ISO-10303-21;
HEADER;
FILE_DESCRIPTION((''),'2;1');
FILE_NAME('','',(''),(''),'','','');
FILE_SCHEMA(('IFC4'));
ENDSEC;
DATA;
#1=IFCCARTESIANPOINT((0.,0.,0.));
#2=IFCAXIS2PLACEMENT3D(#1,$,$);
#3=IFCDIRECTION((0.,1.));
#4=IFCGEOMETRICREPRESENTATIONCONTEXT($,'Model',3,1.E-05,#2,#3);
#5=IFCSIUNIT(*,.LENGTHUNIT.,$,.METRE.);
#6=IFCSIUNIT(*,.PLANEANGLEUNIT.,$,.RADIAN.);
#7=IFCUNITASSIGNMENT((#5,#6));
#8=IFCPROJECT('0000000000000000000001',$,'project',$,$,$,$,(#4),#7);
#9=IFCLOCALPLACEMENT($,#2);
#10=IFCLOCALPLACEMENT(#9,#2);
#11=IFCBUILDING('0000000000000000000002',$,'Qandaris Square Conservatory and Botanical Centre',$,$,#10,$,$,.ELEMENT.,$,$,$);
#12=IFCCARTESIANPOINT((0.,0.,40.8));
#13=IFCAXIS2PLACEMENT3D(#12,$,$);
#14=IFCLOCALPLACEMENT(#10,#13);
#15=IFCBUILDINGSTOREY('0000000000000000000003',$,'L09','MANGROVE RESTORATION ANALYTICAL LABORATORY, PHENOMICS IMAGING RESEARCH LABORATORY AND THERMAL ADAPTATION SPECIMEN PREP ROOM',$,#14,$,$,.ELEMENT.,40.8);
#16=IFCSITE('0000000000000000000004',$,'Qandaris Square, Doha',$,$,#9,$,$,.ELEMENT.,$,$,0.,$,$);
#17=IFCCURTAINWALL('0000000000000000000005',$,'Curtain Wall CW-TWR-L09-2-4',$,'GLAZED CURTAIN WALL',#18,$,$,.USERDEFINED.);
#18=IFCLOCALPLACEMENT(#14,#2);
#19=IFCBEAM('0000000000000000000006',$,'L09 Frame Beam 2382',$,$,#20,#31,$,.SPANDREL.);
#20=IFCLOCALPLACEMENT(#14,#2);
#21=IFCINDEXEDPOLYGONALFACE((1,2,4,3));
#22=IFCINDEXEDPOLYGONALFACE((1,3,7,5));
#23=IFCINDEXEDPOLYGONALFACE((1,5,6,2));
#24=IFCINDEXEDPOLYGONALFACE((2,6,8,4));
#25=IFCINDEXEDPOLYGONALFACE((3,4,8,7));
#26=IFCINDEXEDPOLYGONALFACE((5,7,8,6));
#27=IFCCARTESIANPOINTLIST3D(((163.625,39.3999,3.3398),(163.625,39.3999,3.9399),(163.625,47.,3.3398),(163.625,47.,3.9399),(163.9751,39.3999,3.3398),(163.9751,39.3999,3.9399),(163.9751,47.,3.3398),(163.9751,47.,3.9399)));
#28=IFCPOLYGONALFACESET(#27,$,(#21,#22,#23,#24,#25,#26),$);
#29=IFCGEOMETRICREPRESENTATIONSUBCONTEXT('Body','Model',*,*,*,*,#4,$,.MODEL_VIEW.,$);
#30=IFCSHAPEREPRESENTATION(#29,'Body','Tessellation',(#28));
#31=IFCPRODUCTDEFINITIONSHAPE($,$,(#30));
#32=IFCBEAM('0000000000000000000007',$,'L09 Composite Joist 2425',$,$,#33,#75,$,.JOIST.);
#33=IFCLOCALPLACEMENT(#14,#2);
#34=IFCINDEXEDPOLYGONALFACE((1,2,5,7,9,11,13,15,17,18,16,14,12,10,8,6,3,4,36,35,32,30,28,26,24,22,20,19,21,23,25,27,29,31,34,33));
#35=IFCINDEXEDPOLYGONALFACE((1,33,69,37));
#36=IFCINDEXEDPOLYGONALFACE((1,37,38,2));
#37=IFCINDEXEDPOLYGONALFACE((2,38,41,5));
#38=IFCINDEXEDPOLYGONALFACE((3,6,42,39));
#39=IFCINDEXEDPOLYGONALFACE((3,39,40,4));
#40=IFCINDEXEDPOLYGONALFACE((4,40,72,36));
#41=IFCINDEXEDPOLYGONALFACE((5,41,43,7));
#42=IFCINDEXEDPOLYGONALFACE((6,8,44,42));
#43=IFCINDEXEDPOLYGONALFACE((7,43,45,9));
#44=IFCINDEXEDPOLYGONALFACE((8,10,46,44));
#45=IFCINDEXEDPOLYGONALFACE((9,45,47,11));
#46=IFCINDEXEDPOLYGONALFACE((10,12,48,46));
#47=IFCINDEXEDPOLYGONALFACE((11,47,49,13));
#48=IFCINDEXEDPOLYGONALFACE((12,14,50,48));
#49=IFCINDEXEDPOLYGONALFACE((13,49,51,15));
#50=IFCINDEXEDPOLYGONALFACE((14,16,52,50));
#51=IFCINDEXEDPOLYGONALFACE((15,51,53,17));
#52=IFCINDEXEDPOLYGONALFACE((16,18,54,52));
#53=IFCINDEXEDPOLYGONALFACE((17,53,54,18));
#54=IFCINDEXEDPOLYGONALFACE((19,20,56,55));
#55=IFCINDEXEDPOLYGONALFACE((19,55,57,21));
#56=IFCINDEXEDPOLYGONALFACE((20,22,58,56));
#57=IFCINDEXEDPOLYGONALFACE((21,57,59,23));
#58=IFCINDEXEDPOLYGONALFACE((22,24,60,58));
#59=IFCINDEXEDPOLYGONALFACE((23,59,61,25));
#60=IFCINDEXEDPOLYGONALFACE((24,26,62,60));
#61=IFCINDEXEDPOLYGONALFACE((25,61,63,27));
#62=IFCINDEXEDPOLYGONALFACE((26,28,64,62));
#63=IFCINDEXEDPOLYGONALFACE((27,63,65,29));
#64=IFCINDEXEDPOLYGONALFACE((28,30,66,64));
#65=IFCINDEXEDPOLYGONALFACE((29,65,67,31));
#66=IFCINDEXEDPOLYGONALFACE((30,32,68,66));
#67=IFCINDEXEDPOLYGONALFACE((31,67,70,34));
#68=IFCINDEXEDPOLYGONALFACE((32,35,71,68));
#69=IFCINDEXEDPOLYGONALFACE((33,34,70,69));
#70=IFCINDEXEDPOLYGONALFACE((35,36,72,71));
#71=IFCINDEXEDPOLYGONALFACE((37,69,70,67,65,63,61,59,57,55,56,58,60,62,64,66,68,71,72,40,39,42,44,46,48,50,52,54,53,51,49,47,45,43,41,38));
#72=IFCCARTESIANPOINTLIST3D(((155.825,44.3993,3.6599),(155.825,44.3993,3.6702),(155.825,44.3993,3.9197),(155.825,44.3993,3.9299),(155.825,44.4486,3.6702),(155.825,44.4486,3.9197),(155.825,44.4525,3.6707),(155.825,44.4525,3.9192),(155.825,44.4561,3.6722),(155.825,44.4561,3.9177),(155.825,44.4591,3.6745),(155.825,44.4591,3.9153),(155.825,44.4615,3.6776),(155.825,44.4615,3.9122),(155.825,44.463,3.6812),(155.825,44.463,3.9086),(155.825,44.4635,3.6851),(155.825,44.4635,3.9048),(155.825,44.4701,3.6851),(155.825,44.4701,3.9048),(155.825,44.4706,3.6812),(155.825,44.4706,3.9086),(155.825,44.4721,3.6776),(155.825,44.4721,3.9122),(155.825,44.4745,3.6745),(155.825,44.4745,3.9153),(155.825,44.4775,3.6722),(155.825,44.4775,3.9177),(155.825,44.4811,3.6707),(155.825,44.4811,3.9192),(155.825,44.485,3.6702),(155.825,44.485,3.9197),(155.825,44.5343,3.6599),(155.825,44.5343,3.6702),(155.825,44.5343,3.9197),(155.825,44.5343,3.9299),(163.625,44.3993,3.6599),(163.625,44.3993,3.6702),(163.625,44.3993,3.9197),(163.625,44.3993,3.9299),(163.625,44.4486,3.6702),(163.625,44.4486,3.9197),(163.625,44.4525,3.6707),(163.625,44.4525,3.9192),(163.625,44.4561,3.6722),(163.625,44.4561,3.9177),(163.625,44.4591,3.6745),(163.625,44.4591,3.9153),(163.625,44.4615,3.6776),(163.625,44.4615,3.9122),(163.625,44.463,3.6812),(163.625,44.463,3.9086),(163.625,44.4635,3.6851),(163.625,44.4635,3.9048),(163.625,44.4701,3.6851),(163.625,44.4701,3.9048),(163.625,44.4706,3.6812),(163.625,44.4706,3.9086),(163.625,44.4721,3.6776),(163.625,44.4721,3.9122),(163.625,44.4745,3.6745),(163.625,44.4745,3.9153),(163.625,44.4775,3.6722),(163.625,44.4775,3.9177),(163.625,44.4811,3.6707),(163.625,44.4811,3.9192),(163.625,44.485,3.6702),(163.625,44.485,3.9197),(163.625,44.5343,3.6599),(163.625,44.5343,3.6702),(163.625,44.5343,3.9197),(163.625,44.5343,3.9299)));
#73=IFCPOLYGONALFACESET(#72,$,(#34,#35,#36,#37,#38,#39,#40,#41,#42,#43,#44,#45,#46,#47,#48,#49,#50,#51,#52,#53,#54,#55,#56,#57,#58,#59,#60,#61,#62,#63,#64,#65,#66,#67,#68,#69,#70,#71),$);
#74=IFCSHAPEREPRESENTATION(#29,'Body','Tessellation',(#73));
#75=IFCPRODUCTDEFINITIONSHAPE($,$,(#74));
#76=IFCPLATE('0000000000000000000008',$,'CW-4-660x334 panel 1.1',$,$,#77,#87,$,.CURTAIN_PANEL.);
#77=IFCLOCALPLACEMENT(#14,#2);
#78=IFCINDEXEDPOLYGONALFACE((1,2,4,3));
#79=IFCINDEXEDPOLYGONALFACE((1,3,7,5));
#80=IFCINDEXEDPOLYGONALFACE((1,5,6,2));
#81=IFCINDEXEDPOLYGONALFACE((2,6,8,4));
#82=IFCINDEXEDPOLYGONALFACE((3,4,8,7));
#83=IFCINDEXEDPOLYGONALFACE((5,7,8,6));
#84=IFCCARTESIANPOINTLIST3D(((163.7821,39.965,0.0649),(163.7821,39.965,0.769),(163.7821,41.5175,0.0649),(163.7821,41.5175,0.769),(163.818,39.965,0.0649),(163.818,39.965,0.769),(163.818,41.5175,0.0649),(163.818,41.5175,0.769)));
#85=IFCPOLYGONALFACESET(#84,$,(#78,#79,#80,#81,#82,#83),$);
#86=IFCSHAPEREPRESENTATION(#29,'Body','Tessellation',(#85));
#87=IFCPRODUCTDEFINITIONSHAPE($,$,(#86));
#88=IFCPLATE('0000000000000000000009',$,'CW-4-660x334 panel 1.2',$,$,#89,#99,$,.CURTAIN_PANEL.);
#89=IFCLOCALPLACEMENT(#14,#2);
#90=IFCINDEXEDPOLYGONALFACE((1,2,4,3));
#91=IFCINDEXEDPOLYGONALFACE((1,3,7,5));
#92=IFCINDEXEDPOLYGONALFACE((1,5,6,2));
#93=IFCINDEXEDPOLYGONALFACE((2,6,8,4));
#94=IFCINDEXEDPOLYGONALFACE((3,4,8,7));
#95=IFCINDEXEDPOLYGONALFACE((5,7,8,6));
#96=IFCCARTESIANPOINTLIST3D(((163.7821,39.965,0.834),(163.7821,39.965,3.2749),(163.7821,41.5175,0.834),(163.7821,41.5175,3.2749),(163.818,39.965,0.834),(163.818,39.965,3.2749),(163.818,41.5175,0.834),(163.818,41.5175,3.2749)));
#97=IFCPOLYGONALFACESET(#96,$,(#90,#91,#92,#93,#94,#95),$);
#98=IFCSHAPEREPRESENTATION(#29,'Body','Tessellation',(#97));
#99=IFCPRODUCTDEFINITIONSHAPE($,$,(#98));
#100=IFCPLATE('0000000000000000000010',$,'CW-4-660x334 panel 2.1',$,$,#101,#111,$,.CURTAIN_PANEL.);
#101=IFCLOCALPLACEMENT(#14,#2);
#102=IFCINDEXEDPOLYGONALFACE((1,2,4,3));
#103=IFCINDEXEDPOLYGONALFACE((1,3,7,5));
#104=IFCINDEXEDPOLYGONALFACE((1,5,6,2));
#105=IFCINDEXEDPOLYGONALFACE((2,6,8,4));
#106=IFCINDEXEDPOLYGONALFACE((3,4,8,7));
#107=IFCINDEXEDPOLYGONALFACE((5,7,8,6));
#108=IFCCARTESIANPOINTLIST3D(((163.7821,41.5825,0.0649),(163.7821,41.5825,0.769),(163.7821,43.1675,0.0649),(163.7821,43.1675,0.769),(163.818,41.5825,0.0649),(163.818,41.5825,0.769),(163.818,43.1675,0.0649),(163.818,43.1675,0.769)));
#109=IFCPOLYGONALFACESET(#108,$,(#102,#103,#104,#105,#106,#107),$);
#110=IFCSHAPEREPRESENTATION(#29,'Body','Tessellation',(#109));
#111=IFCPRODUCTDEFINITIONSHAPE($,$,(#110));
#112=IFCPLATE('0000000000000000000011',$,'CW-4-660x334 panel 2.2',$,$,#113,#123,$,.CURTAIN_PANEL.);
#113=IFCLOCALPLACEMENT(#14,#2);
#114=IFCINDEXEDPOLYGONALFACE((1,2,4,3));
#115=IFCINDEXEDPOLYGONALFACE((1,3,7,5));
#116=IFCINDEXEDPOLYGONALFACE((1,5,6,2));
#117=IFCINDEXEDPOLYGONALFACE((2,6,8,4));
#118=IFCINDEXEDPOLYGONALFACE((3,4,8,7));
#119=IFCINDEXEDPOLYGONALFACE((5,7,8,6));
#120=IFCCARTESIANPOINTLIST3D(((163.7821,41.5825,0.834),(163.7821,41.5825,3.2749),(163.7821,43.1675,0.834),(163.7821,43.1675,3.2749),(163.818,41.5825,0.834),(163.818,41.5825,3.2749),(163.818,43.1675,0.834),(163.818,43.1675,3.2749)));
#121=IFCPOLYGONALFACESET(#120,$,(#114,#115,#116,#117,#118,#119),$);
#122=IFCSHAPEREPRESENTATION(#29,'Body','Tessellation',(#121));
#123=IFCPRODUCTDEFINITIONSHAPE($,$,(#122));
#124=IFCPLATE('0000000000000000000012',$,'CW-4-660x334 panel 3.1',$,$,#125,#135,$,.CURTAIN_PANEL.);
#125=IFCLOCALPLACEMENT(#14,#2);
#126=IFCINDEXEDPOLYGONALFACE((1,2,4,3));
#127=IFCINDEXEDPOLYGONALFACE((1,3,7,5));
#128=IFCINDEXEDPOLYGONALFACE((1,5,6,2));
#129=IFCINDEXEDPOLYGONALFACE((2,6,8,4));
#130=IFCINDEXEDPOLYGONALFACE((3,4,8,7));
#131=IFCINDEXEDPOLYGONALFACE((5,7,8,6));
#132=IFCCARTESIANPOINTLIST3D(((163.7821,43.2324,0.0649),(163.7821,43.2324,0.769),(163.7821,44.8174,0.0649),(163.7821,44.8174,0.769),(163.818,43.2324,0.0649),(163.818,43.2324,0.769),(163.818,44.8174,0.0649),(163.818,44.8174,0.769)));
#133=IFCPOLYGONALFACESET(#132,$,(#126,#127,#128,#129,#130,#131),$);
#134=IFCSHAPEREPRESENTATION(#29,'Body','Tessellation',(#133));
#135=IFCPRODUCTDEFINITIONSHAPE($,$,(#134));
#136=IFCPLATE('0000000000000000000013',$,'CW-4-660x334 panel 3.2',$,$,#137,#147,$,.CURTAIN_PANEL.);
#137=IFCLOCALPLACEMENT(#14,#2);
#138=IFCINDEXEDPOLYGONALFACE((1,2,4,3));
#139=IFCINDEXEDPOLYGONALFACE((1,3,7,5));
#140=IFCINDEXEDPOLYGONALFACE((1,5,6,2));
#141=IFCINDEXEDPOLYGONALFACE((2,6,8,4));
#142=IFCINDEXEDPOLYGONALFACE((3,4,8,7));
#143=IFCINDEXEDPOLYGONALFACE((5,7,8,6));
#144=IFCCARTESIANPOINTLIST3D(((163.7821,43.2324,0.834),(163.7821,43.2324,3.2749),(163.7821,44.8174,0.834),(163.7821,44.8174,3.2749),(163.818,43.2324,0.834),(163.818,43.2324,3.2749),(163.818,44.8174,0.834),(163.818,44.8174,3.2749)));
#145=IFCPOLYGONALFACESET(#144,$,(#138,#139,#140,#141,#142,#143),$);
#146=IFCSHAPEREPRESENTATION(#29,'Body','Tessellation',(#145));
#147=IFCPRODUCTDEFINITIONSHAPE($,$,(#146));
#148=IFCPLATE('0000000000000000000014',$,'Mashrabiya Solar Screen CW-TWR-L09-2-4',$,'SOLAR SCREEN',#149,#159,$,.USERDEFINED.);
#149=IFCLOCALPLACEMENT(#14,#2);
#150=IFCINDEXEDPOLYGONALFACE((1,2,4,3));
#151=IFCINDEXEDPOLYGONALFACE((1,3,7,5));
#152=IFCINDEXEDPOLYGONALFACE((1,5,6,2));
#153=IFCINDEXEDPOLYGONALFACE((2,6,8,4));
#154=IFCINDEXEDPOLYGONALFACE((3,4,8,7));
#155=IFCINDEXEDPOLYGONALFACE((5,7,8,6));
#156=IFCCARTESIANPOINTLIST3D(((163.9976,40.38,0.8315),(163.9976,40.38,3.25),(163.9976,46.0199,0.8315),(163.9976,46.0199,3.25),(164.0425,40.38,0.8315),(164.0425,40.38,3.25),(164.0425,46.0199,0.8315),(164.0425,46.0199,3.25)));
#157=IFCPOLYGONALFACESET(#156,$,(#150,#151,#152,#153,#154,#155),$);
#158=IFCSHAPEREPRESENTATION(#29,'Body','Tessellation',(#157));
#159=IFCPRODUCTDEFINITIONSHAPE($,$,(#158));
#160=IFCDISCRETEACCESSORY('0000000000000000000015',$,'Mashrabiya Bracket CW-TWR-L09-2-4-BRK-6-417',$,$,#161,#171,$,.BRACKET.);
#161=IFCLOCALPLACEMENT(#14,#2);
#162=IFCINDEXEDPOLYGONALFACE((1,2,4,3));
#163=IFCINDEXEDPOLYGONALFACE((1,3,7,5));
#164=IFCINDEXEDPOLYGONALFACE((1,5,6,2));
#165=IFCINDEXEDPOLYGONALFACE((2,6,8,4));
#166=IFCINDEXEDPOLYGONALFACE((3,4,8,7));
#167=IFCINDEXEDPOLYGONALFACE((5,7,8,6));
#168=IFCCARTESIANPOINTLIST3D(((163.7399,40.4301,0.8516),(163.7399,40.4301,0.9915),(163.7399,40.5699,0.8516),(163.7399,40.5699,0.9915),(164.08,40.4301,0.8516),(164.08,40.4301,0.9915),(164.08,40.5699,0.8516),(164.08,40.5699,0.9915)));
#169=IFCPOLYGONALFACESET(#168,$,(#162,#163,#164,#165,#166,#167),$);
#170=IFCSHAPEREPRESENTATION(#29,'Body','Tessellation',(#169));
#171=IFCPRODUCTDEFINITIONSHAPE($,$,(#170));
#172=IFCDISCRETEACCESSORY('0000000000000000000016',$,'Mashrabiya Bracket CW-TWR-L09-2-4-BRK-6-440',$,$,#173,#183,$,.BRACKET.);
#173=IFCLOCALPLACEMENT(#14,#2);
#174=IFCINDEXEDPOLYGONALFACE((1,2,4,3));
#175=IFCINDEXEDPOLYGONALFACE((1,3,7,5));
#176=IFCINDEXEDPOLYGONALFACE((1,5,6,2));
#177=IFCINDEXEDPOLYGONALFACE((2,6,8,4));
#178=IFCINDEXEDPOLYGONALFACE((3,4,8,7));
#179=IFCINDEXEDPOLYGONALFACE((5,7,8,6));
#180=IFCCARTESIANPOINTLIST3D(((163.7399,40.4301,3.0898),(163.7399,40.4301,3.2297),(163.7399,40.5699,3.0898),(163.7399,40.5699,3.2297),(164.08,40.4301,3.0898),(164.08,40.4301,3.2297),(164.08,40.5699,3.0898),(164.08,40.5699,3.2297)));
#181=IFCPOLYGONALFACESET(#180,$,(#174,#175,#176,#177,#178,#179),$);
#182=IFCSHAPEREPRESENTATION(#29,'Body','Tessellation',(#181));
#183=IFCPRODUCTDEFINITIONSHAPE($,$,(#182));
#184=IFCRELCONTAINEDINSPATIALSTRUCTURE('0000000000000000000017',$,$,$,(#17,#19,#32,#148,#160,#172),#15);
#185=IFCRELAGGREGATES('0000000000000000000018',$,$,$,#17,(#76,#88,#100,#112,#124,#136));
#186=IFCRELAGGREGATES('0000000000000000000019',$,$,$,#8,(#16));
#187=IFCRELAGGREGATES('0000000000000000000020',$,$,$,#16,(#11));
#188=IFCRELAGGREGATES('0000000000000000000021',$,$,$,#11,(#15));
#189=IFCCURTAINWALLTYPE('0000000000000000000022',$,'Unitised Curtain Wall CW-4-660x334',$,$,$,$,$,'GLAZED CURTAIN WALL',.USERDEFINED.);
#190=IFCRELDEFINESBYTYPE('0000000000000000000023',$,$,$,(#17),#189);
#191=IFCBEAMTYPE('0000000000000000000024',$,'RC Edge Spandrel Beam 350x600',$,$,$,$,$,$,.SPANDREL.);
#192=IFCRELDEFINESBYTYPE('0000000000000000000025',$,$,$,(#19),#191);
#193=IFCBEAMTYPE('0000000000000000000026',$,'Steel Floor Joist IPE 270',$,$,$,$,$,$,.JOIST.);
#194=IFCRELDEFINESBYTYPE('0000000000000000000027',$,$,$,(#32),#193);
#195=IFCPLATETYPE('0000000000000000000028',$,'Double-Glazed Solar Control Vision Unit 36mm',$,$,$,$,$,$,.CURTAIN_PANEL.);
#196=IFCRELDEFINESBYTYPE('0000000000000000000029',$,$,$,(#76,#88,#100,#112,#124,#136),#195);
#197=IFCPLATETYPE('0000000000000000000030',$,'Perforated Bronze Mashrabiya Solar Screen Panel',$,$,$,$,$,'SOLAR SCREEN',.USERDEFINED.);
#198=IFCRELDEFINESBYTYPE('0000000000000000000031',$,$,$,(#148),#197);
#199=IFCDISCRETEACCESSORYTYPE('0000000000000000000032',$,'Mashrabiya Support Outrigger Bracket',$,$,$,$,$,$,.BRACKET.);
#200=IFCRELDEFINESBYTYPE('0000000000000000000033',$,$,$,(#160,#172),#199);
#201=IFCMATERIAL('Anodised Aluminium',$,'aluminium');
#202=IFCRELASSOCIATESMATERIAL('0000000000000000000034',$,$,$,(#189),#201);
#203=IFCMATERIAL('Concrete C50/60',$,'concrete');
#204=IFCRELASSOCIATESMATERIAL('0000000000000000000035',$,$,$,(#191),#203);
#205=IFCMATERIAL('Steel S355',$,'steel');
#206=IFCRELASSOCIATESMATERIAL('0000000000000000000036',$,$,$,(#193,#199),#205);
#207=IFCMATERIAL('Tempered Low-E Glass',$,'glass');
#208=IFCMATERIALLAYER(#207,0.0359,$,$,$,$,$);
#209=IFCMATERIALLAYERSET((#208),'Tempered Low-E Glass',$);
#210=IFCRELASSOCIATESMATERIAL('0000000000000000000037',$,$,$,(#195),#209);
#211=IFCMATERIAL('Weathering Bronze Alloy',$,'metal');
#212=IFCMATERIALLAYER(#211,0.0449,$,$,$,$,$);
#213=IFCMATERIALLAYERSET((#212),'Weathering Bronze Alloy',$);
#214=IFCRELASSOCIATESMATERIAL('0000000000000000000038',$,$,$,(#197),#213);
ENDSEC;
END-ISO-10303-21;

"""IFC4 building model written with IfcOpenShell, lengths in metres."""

from ifc_helpers import new_model, si_unit, direction, frame, origin, origin_2d, place, context, subcontext, project, spatial, rectangle, i_section, extrude, material, layer, layer_set, material_profile, profile_set, type_object, element, aggregate, save


model = new_model("IFC4")

# Units and contexts
model_context = context("Model", 3, precision=1e-05, world=origin(), true_north=direction((0.0, 1.0)))
body_context = subcontext(model_context, "Body", "Model", "MODEL_VIEW")
ifc_project = project(units=[si_unit("LENGTHUNIT", "METRE"), si_unit("PLANEANGLEUNIT", "RADIAN")], contexts=[model_context])

# Site, building, storey
site_placement = place(None, origin())
site = spatial("IfcSite", under=ifc_project, at=site_placement, Name="Qandaris Square, Doha", CompositionType="ELEMENT", RefElevation=0.0)
building_placement = place(site_placement, origin())
building = spatial("IfcBuilding", under=site, at=building_placement, Name="Qandaris Square Conservatory and Botanical Centre", CompositionType="ELEMENT")
storey_placement = place(building_placement, frame((0.0, 0.0, 40.8)))
storey = spatial("IfcBuildingStorey", under=building, at=storey_placement, Name="L09", Description="MANGROVE RESTORATION ANALYTICAL LABORATORY, PHENOMICS IMAGING RESEARCH LABORATORY AND THERMAL ADAPTATION SPECIMEN PREP ROOM", CompositionType="ELEMENT", Elevation=40.8)

# Shared definitions
ifc_material_1 = material(Name="Concrete C50/60", Category="concrete")

# Shared definitions
ifc_material_2 = material(Name="Steel S355", Category="steel")

# Curtain wall
ifc_material_3 = material(Name="Anodised Aluminium", Category="aluminium")
curtain_wall_type = type_object("IfcCurtainWallType", Name="Unitised Curtain Wall CW-4-660x334", ElementType="GLAZED CURTAIN WALL", PredefinedType="USERDEFINED", material=ifc_material_3)
curtain_wall_placement = place(storey_placement, origin())
curtain_wall = element("IfcCurtainWall", 1, at=curtain_wall_placement, inside=storey, type_object=curtain_wall_type, Name="Curtain Wall CW-TWR-L09-2-4", ObjectType="GLAZED CURTAIN WALL", PredefinedType="USERDEFINED")

# Beams
ifc_material_profile_1 = material_profile(ifc_material_1, rectangle(XDim=0.3501, YDim=0.6001, at=origin_2d()), Name="RC-SP 350x600")
ifc_profile_set_1 = profile_set([ifc_material_profile_1], Name="Concrete C50/60")
beam_type_1 = type_object("IfcBeamType", Name="RC Edge Spandrel Beam 350x600", PredefinedType="SPANDREL", material=ifc_profile_set_1)
beam_1_placement = place(storey_placement, frame((163.8, 39.3999, 3.6399), z_axis=(0.0, 1.0, 0.0), x_axis=(-1.0, 0.0, 0.0)))
element("IfcBeam", 2, at=beam_1_placement, inside=storey, type_object=beam_type_1, Name="L09 Frame Beam 2382", PredefinedType="SPANDREL", context=body_context, shape_type="SweptSolid", body=[
    extrude(rectangle(XDim=0.3501, YDim=0.6001, at=origin_2d()), origin(), (0.0, 0.0, 1.0), 7.6001),
])
ifc_material_profile_2 = material_profile(ifc_material_2, i_section(OverallWidth=0.135, OverallDepth=0.27, WebThickness=0.0066, FlangeThickness=0.0103, FilletRadius=0.0149, at=origin_2d()), Name="IPE 270")
ifc_profile_set_2 = profile_set([ifc_material_profile_2], Name="Steel S355")
beam_type_2 = type_object("IfcBeamType", Name="Steel Floor Joist IPE 270", PredefinedType="JOIST", material=ifc_profile_set_2)
beam_2_placement = place(storey_placement, frame((155.825, 44.4668, 3.7949), z_axis=(1.0, 0.0, 0.0), x_axis=(0.0, 1.0, 0.0)))
element("IfcBeam", 3, at=beam_2_placement, inside=storey, type_object=beam_type_2, Name="L09 Composite Joist 2425", PredefinedType="JOIST", context=body_context, shape_type="SweptSolid", body=[
    extrude(i_section(OverallWidth=0.135, OverallDepth=0.27, WebThickness=0.0066, FlangeThickness=0.0103, FilletRadius=0.0149, at=origin_2d()), origin(), (0.0, 0.0, 1.0), 7.8),
])

# Plates
ifc_material_4 = material(Name="Tempered Low-E Glass", Category="glass")
ifc_layer_1 = layer(ifc_material_4, 0.0359)
ifc_layer_set_1 = layer_set([ifc_layer_1], Name="Tempered Low-E Glass")
plate_type_1 = type_object("IfcPlateType", Name="Double-Glazed Solar Control Vision Unit 36mm", PredefinedType="CURTAIN_PANEL", material=ifc_layer_set_1)
plate_1_placement = place(storey_placement, frame((163.8, 40.7412, 0.0649), z_axis=(0.0, 0.0, 1.0), x_axis=(0.0, 1.0, 0.0)))
plate_1 = element("IfcPlate", 4, at=plate_1_placement, type_object=plate_type_1, Name="CW-4-660x334 panel 1.1", PredefinedType="CURTAIN_PANEL", context=body_context, shape_type="SweptSolid", body=[
    extrude(rectangle(XDim=1.5525, YDim=0.0359, at=origin_2d()), origin(), (0.0, 0.0, 1.0), 0.7041),
])
plate_2_placement = place(storey_placement, frame((163.8, 40.7412, 0.834), z_axis=(0.0, 0.0, 1.0), x_axis=(0.0, 1.0, 0.0)))
plate_2 = element("IfcPlate", 5, at=plate_2_placement, type_object=plate_type_1, Name="CW-4-660x334 panel 1.2", PredefinedType="CURTAIN_PANEL", context=body_context, shape_type="SweptSolid", body=[
    extrude(rectangle(XDim=1.5525, YDim=0.0359, at=origin_2d()), origin(), (0.0, 0.0, 1.0), 2.4409),
])
plate_3_placement = place(storey_placement, frame((163.8, 42.375, 0.0649), z_axis=(0.0, 0.0, 1.0), x_axis=(0.0, 1.0, 0.0)))
plate_3 = element("IfcPlate", 6, at=plate_3_placement, type_object=plate_type_1, Name="CW-4-660x334 panel 2.1", PredefinedType="CURTAIN_PANEL", context=body_context, shape_type="SweptSolid", body=[
    extrude(rectangle(XDim=1.585, YDim=0.0359, at=origin_2d()), origin(), (0.0, 0.0, 1.0), 0.7041),
])
plate_4_placement = place(storey_placement, frame((163.8, 42.375, 0.834), z_axis=(0.0, 0.0, 1.0), x_axis=(0.0, 1.0, 0.0)))
plate_4 = element("IfcPlate", 7, at=plate_4_placement, type_object=plate_type_1, Name="CW-4-660x334 panel 2.2", PredefinedType="CURTAIN_PANEL", context=body_context, shape_type="SweptSolid", body=[
    extrude(rectangle(XDim=1.585, YDim=0.0359, at=origin_2d()), origin(), (0.0, 0.0, 1.0), 2.4409),
])
plate_5_placement = place(storey_placement, frame((163.8, 44.0249, 0.0649), z_axis=(0.0, 0.0, 1.0), x_axis=(0.0, 1.0, 0.0)))
plate_5 = element("IfcPlate", 8, at=plate_5_placement, type_object=plate_type_1, Name="CW-4-660x334 panel 3.1", PredefinedType="CURTAIN_PANEL", context=body_context, shape_type="SweptSolid", body=[
    extrude(rectangle(XDim=1.585, YDim=0.0359, at=origin_2d()), origin(), (0.0, 0.0, 1.0), 0.7041),
])
plate_6_placement = place(storey_placement, frame((163.8, 44.0249, 0.834), z_axis=(0.0, 0.0, 1.0), x_axis=(0.0, 1.0, 0.0)))
plate_6 = element("IfcPlate", 9, at=plate_6_placement, type_object=plate_type_1, Name="CW-4-660x334 panel 3.2", PredefinedType="CURTAIN_PANEL", context=body_context, shape_type="SweptSolid", body=[
    extrude(rectangle(XDim=1.585, YDim=0.0359, at=origin_2d()), origin(), (0.0, 0.0, 1.0), 2.4409),
])
aggregate(curtain_wall, [plate_1, plate_2, plate_3, plate_4, plate_5, plate_6])
ifc_material_5 = material(Name="Weathering Bronze Alloy", Category="metal")
ifc_layer_2 = layer(ifc_material_5, 0.0449)
ifc_layer_set_2 = layer_set([ifc_layer_2], Name="Weathering Bronze Alloy")
plate_type_2 = type_object("IfcPlateType", Name="Perforated Bronze Mashrabiya Solar Screen Panel", ElementType="SOLAR SCREEN", PredefinedType="USERDEFINED", material=ifc_layer_set_2)
plate_7_placement = place(storey_placement, frame((164.02, 43.2, 0.8315), z_axis=(0.0, 0.0, 1.0), x_axis=(0.0, 1.0, 0.0)))
element("IfcPlate", 10, at=plate_7_placement, inside=storey, type_object=plate_type_2, Name="Mashrabiya Solar Screen CW-TWR-L09-2-4", ObjectType="SOLAR SCREEN", PredefinedType="USERDEFINED", context=body_context, shape_type="SweptSolid", body=[
    extrude(rectangle(XDim=5.6399, YDim=0.0449, at=origin_2d()), origin(), (0.0, 0.0, 1.0), 2.4185),
])

# Discrete accessories
discrete_accessory_type = type_object("IfcDiscreteAccessoryType", Name="Mashrabiya Support Outrigger Bracket", PredefinedType="BRACKET", material=ifc_material_2)
for number, where, z_axis, x_axis, name in (
    (11, (163.9099, 40.5, 0.8516), (0.0, 0.0, 1.0), (0.0, 1.0, 0.0), "Mashrabiya Bracket CW-TWR-L09-2-4-BRK-6-417"),
    (12, (163.9099, 40.5, 3.0898), (0.0, 0.0, 1.0), (0.0, 1.0, 0.0), "Mashrabiya Bracket CW-TWR-L09-2-4-BRK-6-440"),
):
    element("IfcDiscreteAccessory", number, at=place(storey_placement, frame(where, z_axis=z_axis, x_axis=x_axis)), inside=storey, type_object=discrete_accessory_type, Name=name, PredefinedType="BRACKET", context=body_context, shape_type="SweptSolid", body=[
        extrude(rectangle(XDim=0.1399, YDim=0.3401, at=origin_2d()), origin(), (0.0, 0.0, 1.0), 0.1399),
    ])

save(model, "model.ifc")
